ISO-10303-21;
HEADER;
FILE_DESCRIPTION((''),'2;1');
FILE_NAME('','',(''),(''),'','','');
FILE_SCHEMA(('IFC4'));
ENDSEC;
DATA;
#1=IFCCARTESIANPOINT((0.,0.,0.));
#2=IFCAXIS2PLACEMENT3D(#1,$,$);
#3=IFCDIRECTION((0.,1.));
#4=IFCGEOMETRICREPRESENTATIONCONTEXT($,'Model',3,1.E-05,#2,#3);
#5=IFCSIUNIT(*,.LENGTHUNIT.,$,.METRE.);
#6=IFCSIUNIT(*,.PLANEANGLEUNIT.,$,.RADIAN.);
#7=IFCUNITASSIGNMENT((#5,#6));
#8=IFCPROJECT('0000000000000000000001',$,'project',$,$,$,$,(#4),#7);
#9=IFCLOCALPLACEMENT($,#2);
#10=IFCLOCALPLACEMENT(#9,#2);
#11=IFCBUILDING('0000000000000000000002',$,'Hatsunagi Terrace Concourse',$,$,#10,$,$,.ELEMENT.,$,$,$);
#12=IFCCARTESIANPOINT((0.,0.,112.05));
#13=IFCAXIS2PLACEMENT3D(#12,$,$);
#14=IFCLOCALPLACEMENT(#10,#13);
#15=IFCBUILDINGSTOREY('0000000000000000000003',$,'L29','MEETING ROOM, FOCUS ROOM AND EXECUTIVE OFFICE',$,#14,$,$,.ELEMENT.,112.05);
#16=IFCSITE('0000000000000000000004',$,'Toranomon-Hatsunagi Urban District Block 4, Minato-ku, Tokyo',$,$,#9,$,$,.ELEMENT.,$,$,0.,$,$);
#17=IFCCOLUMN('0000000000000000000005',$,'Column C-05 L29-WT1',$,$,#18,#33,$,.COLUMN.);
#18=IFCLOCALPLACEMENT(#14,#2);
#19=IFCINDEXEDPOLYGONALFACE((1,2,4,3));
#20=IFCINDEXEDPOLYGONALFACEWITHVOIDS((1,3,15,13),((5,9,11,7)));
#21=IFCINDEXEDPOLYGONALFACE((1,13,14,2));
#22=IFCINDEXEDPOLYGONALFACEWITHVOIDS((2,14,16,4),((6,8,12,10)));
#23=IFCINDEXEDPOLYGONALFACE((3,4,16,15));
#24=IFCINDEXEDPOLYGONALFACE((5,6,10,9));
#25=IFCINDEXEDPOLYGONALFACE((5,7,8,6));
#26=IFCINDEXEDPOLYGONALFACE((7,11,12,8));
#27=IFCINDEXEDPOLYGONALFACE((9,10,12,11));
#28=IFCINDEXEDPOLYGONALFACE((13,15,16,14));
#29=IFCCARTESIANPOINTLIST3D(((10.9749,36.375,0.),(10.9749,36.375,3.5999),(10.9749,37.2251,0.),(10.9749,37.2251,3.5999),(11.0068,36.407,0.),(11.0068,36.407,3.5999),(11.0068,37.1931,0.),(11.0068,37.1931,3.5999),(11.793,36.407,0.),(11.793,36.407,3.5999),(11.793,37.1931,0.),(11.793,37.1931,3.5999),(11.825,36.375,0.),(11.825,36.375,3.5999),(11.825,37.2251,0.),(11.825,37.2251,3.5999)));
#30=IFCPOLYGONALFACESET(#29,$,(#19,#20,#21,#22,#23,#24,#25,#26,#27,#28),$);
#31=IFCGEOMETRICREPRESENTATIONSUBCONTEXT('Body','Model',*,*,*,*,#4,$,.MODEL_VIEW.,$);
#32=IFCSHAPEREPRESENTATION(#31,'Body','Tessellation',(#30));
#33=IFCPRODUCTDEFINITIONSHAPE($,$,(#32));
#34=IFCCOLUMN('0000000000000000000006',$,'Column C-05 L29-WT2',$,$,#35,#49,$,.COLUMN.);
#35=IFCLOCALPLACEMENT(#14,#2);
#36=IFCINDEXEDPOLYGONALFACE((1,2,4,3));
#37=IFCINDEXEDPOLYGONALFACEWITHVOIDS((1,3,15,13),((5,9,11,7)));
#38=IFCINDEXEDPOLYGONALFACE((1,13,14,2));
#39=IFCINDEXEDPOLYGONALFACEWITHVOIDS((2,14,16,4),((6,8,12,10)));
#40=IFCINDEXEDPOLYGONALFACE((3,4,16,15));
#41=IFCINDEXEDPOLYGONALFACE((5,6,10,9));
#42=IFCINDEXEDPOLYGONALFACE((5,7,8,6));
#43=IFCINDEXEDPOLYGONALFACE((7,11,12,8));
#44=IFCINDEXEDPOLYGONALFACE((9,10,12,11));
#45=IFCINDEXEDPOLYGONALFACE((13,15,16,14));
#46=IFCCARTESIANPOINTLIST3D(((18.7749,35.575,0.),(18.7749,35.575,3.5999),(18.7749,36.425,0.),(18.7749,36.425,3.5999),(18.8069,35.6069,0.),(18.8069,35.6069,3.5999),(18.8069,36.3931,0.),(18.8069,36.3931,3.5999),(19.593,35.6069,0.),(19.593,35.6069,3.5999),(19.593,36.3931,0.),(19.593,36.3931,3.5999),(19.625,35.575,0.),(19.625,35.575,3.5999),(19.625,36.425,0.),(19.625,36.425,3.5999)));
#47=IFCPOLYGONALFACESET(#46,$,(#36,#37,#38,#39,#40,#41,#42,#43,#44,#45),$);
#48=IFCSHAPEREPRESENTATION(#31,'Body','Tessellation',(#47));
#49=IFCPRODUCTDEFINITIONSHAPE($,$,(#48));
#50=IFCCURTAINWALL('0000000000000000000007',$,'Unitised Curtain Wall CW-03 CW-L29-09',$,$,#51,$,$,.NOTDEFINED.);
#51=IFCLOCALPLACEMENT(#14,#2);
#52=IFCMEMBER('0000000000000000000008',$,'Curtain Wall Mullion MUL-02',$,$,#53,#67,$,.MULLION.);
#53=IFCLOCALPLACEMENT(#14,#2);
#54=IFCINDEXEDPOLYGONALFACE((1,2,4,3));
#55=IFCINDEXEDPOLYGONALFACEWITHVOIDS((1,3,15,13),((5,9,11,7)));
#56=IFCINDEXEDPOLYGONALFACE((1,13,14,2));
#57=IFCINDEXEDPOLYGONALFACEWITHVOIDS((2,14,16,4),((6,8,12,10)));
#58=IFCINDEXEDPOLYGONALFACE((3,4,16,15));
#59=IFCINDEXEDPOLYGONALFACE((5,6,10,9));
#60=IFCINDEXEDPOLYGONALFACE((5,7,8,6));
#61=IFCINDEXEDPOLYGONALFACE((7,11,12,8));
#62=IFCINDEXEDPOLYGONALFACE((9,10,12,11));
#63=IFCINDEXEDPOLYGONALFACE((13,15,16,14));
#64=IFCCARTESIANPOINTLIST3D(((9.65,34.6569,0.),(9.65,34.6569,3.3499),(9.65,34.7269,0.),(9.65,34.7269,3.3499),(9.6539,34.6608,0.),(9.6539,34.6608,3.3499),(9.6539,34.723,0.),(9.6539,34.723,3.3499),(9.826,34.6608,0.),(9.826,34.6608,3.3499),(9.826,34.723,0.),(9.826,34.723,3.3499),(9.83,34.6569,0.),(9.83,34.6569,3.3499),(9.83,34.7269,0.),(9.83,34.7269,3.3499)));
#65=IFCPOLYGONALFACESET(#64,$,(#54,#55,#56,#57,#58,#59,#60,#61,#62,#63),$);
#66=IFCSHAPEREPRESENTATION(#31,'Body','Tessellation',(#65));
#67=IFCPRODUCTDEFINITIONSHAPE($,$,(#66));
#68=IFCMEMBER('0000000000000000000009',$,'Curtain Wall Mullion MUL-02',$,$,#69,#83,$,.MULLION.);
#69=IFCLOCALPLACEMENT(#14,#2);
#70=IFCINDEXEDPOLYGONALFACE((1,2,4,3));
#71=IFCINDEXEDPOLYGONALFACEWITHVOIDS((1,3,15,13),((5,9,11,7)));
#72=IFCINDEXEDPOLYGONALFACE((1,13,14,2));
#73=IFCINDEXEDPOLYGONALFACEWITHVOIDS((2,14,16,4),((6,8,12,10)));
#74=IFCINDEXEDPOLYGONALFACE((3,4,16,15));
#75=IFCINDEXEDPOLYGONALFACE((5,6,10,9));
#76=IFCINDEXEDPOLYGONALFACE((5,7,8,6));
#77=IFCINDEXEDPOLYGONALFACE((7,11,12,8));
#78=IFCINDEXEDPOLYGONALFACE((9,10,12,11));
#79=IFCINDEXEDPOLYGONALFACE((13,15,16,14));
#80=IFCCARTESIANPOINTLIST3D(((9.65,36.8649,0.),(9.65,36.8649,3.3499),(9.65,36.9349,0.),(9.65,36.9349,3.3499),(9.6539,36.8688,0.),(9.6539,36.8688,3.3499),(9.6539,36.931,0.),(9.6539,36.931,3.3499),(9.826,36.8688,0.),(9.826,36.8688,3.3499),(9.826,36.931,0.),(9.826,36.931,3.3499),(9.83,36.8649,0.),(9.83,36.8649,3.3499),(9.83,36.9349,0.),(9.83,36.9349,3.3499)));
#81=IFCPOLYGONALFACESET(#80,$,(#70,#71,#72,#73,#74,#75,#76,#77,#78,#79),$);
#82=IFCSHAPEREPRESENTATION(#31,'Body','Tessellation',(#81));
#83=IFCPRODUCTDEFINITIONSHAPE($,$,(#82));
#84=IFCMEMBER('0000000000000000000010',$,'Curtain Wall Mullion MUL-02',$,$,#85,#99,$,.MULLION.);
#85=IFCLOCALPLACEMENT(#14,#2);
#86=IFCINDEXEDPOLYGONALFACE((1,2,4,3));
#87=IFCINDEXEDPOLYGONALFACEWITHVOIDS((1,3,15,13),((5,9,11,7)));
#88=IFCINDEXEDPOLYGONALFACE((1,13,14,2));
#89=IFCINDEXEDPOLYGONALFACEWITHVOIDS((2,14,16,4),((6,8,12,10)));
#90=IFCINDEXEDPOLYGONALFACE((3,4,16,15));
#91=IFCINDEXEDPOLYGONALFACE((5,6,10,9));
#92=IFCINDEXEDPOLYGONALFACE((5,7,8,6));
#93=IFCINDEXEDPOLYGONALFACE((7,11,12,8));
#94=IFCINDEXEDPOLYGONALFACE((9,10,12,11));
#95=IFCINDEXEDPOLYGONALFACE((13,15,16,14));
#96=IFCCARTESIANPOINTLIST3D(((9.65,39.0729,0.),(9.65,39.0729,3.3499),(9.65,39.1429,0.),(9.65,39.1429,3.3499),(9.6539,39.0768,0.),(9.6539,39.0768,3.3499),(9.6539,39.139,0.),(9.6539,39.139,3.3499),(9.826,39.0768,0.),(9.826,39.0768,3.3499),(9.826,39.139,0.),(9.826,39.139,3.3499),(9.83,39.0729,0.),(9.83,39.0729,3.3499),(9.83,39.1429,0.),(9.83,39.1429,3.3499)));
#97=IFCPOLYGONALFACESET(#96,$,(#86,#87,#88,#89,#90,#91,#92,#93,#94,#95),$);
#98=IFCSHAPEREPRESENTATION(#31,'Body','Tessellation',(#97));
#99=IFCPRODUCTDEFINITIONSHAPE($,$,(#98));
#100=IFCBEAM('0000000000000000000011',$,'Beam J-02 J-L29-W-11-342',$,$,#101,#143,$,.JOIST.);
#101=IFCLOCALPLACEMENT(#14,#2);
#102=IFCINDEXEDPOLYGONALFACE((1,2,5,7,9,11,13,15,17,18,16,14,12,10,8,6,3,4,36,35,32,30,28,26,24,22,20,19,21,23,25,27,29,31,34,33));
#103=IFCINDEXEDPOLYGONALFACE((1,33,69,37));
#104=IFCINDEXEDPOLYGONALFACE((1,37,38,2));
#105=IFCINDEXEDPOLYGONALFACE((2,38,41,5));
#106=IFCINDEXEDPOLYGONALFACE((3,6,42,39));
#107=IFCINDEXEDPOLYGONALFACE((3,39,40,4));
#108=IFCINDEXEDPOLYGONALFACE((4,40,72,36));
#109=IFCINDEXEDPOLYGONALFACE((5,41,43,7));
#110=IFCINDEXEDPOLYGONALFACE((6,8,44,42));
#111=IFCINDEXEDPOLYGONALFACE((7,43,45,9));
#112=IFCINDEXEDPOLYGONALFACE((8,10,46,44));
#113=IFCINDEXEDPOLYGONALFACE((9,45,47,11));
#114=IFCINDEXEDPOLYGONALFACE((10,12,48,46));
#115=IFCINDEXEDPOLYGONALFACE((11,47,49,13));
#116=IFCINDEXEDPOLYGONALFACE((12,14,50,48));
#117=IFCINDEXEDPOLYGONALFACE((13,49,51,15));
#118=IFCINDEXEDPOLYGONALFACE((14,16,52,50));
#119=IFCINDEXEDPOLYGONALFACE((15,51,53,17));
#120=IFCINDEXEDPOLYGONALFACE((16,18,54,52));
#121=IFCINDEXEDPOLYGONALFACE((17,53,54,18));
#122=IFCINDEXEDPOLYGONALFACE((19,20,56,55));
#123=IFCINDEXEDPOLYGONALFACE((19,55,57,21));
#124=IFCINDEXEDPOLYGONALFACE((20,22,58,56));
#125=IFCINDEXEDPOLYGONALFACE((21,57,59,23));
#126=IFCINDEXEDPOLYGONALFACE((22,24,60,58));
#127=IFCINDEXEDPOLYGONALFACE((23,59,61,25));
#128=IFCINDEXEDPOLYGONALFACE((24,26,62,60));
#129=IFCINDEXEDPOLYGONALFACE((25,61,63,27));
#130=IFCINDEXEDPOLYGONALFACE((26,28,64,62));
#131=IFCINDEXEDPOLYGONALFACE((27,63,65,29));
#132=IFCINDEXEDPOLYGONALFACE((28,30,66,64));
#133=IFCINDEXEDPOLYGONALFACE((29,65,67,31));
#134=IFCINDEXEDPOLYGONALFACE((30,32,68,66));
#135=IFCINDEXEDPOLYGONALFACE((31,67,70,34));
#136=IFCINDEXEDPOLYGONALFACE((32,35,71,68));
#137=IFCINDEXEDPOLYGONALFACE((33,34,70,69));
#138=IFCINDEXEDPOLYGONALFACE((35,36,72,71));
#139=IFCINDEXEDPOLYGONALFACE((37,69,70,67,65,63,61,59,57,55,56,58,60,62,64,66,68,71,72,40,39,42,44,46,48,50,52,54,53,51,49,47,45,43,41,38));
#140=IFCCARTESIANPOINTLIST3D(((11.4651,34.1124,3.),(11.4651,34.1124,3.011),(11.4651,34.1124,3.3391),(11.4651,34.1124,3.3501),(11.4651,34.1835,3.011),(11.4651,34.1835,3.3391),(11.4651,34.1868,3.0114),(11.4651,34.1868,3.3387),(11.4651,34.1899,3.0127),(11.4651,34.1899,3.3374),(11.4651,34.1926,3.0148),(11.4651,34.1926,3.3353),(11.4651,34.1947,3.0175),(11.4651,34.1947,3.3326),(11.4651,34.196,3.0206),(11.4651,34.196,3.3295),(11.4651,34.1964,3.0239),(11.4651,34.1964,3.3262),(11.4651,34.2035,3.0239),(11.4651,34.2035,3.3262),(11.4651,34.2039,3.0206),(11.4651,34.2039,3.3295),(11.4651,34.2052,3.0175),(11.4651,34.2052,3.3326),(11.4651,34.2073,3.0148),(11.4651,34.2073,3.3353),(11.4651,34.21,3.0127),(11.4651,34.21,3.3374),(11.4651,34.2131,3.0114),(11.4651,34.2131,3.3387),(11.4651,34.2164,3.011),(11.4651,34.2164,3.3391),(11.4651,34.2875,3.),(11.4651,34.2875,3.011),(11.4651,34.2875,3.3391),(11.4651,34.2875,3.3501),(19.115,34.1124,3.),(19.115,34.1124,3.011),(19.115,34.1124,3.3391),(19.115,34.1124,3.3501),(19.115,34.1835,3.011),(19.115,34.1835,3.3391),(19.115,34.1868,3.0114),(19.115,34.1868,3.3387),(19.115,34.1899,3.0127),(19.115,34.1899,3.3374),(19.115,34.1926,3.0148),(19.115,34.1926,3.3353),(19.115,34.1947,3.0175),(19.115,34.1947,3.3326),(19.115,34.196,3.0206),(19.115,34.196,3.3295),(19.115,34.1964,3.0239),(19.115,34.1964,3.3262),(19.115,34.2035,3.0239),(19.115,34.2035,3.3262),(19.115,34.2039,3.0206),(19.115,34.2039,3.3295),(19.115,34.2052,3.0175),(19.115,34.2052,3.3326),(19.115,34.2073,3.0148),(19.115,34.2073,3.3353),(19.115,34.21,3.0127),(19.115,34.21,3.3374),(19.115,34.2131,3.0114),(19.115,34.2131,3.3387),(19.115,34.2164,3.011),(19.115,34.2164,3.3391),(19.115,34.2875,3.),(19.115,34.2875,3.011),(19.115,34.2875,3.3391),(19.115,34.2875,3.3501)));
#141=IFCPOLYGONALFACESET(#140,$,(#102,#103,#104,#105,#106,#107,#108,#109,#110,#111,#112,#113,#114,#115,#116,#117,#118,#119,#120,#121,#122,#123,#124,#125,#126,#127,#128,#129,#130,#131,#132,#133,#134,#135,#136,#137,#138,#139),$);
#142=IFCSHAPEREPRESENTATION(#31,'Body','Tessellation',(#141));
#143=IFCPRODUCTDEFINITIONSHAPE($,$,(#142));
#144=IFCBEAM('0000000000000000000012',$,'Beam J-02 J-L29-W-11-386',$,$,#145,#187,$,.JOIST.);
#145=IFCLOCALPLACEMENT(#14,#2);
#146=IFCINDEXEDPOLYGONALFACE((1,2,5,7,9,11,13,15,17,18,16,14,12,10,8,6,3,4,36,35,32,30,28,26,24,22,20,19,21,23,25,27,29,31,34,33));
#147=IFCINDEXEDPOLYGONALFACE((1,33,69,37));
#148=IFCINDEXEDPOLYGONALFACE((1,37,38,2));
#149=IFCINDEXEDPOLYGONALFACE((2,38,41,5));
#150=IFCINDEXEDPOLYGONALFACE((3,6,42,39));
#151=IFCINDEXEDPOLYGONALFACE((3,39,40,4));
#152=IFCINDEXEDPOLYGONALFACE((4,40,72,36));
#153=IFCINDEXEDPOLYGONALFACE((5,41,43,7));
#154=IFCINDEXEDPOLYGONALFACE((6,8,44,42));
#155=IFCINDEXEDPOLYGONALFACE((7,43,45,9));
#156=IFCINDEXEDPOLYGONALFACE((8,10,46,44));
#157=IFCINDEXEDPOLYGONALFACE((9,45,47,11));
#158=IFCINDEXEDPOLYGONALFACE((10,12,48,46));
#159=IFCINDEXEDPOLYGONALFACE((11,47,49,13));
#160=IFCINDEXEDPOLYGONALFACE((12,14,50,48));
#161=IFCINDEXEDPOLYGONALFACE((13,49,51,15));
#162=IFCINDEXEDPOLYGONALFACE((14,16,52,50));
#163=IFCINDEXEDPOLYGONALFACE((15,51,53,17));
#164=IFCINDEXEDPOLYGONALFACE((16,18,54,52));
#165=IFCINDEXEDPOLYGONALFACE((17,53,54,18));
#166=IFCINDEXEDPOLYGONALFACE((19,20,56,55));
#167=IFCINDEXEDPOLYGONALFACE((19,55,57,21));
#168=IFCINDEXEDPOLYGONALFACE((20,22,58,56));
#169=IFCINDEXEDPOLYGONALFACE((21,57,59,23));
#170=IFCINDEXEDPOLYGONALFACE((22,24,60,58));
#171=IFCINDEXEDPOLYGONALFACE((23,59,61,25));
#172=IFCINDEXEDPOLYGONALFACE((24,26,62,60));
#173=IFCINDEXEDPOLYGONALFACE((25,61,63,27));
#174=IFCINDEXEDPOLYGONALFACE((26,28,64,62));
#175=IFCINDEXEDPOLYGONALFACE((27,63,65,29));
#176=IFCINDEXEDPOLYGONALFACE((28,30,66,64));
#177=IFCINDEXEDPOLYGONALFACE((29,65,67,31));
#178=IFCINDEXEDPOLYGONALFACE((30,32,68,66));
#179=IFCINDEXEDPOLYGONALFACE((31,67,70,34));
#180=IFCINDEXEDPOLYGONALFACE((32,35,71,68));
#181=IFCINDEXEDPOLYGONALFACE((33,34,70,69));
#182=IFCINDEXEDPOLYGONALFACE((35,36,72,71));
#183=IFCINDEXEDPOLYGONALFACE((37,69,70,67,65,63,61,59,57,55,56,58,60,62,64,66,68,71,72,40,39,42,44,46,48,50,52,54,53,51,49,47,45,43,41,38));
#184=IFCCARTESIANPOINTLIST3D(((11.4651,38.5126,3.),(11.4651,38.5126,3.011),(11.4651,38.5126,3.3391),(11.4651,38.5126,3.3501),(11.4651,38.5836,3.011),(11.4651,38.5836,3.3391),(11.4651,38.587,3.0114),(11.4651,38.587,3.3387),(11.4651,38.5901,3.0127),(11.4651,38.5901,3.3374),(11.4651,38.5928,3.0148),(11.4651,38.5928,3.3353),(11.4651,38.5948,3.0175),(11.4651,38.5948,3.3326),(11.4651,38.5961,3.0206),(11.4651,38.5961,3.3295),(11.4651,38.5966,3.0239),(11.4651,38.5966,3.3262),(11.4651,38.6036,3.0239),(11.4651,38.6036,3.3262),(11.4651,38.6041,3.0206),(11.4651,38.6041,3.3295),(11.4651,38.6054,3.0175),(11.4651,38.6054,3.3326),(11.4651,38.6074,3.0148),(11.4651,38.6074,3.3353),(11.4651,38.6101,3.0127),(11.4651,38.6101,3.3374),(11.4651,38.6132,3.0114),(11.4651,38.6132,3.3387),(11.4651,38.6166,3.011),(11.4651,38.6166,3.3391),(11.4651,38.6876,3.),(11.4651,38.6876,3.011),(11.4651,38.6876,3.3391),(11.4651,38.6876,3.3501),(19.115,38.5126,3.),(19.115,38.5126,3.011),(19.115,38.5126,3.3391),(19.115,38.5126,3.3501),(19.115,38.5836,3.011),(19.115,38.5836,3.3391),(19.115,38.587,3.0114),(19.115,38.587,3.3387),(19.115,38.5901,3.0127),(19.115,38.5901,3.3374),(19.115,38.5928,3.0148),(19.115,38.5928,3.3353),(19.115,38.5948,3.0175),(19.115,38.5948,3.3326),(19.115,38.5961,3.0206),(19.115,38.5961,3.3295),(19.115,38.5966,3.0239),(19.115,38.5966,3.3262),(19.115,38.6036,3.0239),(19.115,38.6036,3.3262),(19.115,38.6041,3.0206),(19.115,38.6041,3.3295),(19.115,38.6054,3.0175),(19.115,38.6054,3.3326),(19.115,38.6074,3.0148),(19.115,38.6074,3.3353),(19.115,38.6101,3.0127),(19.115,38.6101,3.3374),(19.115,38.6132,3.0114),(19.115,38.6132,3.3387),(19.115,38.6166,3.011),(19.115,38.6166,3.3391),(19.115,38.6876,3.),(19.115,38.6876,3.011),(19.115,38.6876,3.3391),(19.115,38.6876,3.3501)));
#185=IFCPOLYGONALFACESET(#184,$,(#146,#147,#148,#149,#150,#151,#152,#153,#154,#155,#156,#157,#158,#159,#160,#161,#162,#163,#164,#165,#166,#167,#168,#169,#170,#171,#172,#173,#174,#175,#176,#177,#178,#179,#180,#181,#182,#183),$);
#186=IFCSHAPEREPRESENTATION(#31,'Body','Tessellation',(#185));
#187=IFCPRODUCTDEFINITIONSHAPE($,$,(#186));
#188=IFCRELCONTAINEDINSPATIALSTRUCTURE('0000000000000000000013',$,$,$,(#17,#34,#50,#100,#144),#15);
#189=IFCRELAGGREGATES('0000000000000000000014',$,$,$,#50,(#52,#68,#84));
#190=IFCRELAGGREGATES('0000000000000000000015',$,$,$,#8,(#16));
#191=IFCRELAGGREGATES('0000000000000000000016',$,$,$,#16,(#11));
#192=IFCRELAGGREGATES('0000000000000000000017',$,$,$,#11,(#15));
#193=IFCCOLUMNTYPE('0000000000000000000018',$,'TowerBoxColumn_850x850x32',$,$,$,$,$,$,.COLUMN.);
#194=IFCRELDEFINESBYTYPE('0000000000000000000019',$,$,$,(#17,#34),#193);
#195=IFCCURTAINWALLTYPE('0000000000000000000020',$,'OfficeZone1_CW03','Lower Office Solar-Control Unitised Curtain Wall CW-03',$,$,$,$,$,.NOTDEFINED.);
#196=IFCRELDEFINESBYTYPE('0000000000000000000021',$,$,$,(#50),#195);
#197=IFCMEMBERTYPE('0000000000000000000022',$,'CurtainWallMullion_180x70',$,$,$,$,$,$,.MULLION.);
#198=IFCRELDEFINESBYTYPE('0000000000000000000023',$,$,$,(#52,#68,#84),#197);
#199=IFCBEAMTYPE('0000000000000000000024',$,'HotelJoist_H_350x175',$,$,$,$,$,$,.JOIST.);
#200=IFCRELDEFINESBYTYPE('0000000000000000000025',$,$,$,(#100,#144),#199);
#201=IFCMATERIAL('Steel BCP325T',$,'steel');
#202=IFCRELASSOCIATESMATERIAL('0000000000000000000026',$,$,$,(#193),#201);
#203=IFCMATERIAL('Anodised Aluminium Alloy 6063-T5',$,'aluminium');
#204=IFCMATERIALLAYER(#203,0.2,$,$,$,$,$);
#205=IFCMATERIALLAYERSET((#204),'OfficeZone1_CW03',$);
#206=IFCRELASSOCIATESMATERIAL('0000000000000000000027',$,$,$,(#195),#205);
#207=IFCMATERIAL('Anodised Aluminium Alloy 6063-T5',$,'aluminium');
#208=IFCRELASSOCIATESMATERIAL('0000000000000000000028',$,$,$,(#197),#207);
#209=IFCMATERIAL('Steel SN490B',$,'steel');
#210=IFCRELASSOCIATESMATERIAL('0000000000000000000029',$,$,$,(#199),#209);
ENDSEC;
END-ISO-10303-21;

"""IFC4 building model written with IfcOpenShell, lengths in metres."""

from ifc_helpers import new_model, si_unit, direction, frame, origin, origin_2d, place, context, subcontext, project, spatial, hollow_rectangle, i_section, extrude, material, layer, layer_set, material_profile, profile_set, type_object, element, aggregate, save


model = new_model("IFC4")

# Units and contexts
model_context = context("Model", 3, precision=1e-05, world=origin(), true_north=direction((0.0, 1.0)))
body_context = subcontext(model_context, "Body", "Model", "MODEL_VIEW")
ifc_project = project(units=[si_unit("LENGTHUNIT", "METRE"), si_unit("PLANEANGLEUNIT", "RADIAN")], contexts=[model_context])

# Site, building, storey
site_placement = place(None, origin())
site = spatial("IfcSite", under=ifc_project, at=site_placement, Name="Toranomon-Hatsunagi Urban District Block 4, Minato-ku, Tokyo", CompositionType="ELEMENT", RefElevation=0.0)
building_placement = place(site_placement, origin())
building = spatial("IfcBuilding", under=site, at=building_placement, Name="Hatsunagi Terrace Concourse", CompositionType="ELEMENT")
storey_placement = place(building_placement, frame((0.0, 0.0, 112.05)))
storey = spatial("IfcBuildingStorey", under=building, at=storey_placement, Name="L29", Description="MEETING ROOM, FOCUS ROOM AND EXECUTIVE OFFICE", CompositionType="ELEMENT", Elevation=112.05)

# Columns
ifc_material_1 = material(Name="Steel BCP325T", Category="steel")
ifc_material_profile_1 = material_profile(ifc_material_1, hollow_rectangle(XDim=0.8501, YDim=0.8501, WallThickness=0.032, at=origin_2d()), Name="BCP-850x850x32")
ifc_profile_set_1 = profile_set([ifc_material_profile_1], Name="Steel BCP325T")
column_type = type_object("IfcColumnType", Name="TowerBoxColumn_850x850x32", PredefinedType="COLUMN", material=ifc_profile_set_1)
for number, where, z_axis, x_axis, name in (
    (1, (11.3999, 36.8, 0.0), (0.0, 0.0, 1.0), (1.0, 0.0, 0.0), "Column C-05 L29-WT1"),
    (2, (19.2, 36.0, 0.0), (0.0, 0.0, 1.0), (1.0, 0.0, 0.0), "Column C-05 L29-WT2"),
):
    element("IfcColumn", number, at=place(storey_placement, frame(where, z_axis=z_axis, x_axis=x_axis)), inside=storey, type_object=column_type, Name=name, PredefinedType="COLUMN", context=body_context, shape_type="SweptSolid", body=[
        extrude(hollow_rectangle(XDim=0.8501, YDim=0.8501, WallThickness=0.032, at=origin_2d()), origin(), (0.0, 0.0, 1.0), 3.5999),
    ])

# Curtain wall, members
ifc_material_2 = material(Name="Anodised Aluminium Alloy 6063-T5", Category="aluminium")
ifc_layer_1 = layer(ifc_material_2, 0.2)
ifc_layer_set_1 = layer_set([ifc_layer_1], Name="OfficeZone1_CW03")
curtain_wall_type = type_object("IfcCurtainWallType", Name="OfficeZone1_CW03", Description="Lower Office Solar-Control Unitised Curtain Wall CW-03", PredefinedType="NOTDEFINED", material=ifc_layer_set_1)
curtain_wall_placement = place(storey_placement, origin())
curtain_wall = element("IfcCurtainWall", 3, at=curtain_wall_placement, inside=storey, type_object=curtain_wall_type, Name="Unitised Curtain Wall CW-03 CW-L29-09", PredefinedType="NOTDEFINED")
ifc_material_3 = material(Name="Anodised Aluminium Alloy 6063-T5", Category="aluminium")
ifc_material_profile_2 = material_profile(ifc_material_3, hollow_rectangle(XDim=0.0701, YDim=0.1799, WallThickness=0.0039, at=origin_2d()), Name="ALU-MUL-180x70x4")
ifc_profile_set_2 = profile_set([ifc_material_profile_2], Name="Anodised Aluminium Alloy 6063-T5")
member_type = type_object("IfcMemberType", Name="CurtainWallMullion_180x70", PredefinedType="MULLION", material=ifc_profile_set_2)
member_1_placement = place(storey_placement, frame((9.74, 34.6919, 0.0), z_axis=(0.0, 0.0, 1.0), x_axis=(0.0, 1.0, 0.0)))
member_1 = element("IfcMember", 4, at=member_1_placement, type_object=member_type, Name="Curtain Wall Mullion MUL-02", PredefinedType="MULLION", context=body_context, shape_type="SweptSolid", body=[
    extrude(hollow_rectangle(XDim=0.0701, YDim=0.1799, WallThickness=0.0039, at=origin_2d()), origin(), (0.0, 0.0, 1.0), 3.3499),
])
member_2_placement = place(storey_placement, frame((9.74, 36.8999, 0.0), z_axis=(0.0, 0.0, 1.0), x_axis=(0.0, 1.0, 0.0)))
member_2 = element("IfcMember", 5, at=member_2_placement, type_object=member_type, Name="Curtain Wall Mullion MUL-02", PredefinedType="MULLION", context=body_context, shape_type="SweptSolid", body=[
    extrude(hollow_rectangle(XDim=0.0701, YDim=0.1799, WallThickness=0.0039, at=origin_2d()), origin(), (0.0, 0.0, 1.0), 3.3499),
])
member_3_placement = place(storey_placement, frame((9.74, 39.1079, 0.0), z_axis=(0.0, 0.0, 1.0), x_axis=(0.0, 1.0, 0.0)))
member_3 = element("IfcMember", 6, at=member_3_placement, type_object=member_type, Name="Curtain Wall Mullion MUL-02", PredefinedType="MULLION", context=body_context, shape_type="SweptSolid", body=[
    extrude(hollow_rectangle(XDim=0.0701, YDim=0.1799, WallThickness=0.0039, at=origin_2d()), origin(), (0.0, 0.0, 1.0), 3.3499),
])

# Beams
ifc_material_4 = material(Name="Steel SN490B", Category="steel")
ifc_material_profile_3 = material_profile(ifc_material_4, i_section(OverallWidth=0.175, OverallDepth=0.3501, WebThickness=0.0071, FlangeThickness=0.011, FilletRadius=0.0129, at=origin_2d()), Name="H-350x175x7x11")
ifc_profile_set_3 = profile_set([ifc_material_profile_3], Name="Steel SN490B")
beam_type_1 = type_object("IfcBeamType", Name="HotelJoist_H_350x175", PredefinedType="JOIST", material=ifc_profile_set_3)
for number, where, z_axis, x_axis, name in (
    (7, (11.4651, 34.2, 3.175), (1.0, 0.0, 0.0), (0.0, 1.0, 0.0), "Beam J-02 J-L29-W-11-342"),
    (8, (11.4651, 38.6001, 3.175), (1.0, 0.0, 0.0), (0.0, 1.0, 0.0), "Beam J-02 J-L29-W-11-386"),
):
    element("IfcBeam", number, at=place(storey_placement, frame(where, z_axis=z_axis, x_axis=x_axis)), inside=storey, type_object=beam_type_1, Name=name, PredefinedType="JOIST", context=body_context, shape_type="SweptSolid", body=[
        extrude(i_section(OverallWidth=0.175, OverallDepth=0.3501, WebThickness=0.0071, FlangeThickness=0.011, FilletRadius=0.0129, at=origin_2d()), origin(), (0.0, 0.0, 1.0), 7.6499),
    ])

aggregate(curtain_wall, [member_1, member_2, member_3])

save(model, "model.ifc")
